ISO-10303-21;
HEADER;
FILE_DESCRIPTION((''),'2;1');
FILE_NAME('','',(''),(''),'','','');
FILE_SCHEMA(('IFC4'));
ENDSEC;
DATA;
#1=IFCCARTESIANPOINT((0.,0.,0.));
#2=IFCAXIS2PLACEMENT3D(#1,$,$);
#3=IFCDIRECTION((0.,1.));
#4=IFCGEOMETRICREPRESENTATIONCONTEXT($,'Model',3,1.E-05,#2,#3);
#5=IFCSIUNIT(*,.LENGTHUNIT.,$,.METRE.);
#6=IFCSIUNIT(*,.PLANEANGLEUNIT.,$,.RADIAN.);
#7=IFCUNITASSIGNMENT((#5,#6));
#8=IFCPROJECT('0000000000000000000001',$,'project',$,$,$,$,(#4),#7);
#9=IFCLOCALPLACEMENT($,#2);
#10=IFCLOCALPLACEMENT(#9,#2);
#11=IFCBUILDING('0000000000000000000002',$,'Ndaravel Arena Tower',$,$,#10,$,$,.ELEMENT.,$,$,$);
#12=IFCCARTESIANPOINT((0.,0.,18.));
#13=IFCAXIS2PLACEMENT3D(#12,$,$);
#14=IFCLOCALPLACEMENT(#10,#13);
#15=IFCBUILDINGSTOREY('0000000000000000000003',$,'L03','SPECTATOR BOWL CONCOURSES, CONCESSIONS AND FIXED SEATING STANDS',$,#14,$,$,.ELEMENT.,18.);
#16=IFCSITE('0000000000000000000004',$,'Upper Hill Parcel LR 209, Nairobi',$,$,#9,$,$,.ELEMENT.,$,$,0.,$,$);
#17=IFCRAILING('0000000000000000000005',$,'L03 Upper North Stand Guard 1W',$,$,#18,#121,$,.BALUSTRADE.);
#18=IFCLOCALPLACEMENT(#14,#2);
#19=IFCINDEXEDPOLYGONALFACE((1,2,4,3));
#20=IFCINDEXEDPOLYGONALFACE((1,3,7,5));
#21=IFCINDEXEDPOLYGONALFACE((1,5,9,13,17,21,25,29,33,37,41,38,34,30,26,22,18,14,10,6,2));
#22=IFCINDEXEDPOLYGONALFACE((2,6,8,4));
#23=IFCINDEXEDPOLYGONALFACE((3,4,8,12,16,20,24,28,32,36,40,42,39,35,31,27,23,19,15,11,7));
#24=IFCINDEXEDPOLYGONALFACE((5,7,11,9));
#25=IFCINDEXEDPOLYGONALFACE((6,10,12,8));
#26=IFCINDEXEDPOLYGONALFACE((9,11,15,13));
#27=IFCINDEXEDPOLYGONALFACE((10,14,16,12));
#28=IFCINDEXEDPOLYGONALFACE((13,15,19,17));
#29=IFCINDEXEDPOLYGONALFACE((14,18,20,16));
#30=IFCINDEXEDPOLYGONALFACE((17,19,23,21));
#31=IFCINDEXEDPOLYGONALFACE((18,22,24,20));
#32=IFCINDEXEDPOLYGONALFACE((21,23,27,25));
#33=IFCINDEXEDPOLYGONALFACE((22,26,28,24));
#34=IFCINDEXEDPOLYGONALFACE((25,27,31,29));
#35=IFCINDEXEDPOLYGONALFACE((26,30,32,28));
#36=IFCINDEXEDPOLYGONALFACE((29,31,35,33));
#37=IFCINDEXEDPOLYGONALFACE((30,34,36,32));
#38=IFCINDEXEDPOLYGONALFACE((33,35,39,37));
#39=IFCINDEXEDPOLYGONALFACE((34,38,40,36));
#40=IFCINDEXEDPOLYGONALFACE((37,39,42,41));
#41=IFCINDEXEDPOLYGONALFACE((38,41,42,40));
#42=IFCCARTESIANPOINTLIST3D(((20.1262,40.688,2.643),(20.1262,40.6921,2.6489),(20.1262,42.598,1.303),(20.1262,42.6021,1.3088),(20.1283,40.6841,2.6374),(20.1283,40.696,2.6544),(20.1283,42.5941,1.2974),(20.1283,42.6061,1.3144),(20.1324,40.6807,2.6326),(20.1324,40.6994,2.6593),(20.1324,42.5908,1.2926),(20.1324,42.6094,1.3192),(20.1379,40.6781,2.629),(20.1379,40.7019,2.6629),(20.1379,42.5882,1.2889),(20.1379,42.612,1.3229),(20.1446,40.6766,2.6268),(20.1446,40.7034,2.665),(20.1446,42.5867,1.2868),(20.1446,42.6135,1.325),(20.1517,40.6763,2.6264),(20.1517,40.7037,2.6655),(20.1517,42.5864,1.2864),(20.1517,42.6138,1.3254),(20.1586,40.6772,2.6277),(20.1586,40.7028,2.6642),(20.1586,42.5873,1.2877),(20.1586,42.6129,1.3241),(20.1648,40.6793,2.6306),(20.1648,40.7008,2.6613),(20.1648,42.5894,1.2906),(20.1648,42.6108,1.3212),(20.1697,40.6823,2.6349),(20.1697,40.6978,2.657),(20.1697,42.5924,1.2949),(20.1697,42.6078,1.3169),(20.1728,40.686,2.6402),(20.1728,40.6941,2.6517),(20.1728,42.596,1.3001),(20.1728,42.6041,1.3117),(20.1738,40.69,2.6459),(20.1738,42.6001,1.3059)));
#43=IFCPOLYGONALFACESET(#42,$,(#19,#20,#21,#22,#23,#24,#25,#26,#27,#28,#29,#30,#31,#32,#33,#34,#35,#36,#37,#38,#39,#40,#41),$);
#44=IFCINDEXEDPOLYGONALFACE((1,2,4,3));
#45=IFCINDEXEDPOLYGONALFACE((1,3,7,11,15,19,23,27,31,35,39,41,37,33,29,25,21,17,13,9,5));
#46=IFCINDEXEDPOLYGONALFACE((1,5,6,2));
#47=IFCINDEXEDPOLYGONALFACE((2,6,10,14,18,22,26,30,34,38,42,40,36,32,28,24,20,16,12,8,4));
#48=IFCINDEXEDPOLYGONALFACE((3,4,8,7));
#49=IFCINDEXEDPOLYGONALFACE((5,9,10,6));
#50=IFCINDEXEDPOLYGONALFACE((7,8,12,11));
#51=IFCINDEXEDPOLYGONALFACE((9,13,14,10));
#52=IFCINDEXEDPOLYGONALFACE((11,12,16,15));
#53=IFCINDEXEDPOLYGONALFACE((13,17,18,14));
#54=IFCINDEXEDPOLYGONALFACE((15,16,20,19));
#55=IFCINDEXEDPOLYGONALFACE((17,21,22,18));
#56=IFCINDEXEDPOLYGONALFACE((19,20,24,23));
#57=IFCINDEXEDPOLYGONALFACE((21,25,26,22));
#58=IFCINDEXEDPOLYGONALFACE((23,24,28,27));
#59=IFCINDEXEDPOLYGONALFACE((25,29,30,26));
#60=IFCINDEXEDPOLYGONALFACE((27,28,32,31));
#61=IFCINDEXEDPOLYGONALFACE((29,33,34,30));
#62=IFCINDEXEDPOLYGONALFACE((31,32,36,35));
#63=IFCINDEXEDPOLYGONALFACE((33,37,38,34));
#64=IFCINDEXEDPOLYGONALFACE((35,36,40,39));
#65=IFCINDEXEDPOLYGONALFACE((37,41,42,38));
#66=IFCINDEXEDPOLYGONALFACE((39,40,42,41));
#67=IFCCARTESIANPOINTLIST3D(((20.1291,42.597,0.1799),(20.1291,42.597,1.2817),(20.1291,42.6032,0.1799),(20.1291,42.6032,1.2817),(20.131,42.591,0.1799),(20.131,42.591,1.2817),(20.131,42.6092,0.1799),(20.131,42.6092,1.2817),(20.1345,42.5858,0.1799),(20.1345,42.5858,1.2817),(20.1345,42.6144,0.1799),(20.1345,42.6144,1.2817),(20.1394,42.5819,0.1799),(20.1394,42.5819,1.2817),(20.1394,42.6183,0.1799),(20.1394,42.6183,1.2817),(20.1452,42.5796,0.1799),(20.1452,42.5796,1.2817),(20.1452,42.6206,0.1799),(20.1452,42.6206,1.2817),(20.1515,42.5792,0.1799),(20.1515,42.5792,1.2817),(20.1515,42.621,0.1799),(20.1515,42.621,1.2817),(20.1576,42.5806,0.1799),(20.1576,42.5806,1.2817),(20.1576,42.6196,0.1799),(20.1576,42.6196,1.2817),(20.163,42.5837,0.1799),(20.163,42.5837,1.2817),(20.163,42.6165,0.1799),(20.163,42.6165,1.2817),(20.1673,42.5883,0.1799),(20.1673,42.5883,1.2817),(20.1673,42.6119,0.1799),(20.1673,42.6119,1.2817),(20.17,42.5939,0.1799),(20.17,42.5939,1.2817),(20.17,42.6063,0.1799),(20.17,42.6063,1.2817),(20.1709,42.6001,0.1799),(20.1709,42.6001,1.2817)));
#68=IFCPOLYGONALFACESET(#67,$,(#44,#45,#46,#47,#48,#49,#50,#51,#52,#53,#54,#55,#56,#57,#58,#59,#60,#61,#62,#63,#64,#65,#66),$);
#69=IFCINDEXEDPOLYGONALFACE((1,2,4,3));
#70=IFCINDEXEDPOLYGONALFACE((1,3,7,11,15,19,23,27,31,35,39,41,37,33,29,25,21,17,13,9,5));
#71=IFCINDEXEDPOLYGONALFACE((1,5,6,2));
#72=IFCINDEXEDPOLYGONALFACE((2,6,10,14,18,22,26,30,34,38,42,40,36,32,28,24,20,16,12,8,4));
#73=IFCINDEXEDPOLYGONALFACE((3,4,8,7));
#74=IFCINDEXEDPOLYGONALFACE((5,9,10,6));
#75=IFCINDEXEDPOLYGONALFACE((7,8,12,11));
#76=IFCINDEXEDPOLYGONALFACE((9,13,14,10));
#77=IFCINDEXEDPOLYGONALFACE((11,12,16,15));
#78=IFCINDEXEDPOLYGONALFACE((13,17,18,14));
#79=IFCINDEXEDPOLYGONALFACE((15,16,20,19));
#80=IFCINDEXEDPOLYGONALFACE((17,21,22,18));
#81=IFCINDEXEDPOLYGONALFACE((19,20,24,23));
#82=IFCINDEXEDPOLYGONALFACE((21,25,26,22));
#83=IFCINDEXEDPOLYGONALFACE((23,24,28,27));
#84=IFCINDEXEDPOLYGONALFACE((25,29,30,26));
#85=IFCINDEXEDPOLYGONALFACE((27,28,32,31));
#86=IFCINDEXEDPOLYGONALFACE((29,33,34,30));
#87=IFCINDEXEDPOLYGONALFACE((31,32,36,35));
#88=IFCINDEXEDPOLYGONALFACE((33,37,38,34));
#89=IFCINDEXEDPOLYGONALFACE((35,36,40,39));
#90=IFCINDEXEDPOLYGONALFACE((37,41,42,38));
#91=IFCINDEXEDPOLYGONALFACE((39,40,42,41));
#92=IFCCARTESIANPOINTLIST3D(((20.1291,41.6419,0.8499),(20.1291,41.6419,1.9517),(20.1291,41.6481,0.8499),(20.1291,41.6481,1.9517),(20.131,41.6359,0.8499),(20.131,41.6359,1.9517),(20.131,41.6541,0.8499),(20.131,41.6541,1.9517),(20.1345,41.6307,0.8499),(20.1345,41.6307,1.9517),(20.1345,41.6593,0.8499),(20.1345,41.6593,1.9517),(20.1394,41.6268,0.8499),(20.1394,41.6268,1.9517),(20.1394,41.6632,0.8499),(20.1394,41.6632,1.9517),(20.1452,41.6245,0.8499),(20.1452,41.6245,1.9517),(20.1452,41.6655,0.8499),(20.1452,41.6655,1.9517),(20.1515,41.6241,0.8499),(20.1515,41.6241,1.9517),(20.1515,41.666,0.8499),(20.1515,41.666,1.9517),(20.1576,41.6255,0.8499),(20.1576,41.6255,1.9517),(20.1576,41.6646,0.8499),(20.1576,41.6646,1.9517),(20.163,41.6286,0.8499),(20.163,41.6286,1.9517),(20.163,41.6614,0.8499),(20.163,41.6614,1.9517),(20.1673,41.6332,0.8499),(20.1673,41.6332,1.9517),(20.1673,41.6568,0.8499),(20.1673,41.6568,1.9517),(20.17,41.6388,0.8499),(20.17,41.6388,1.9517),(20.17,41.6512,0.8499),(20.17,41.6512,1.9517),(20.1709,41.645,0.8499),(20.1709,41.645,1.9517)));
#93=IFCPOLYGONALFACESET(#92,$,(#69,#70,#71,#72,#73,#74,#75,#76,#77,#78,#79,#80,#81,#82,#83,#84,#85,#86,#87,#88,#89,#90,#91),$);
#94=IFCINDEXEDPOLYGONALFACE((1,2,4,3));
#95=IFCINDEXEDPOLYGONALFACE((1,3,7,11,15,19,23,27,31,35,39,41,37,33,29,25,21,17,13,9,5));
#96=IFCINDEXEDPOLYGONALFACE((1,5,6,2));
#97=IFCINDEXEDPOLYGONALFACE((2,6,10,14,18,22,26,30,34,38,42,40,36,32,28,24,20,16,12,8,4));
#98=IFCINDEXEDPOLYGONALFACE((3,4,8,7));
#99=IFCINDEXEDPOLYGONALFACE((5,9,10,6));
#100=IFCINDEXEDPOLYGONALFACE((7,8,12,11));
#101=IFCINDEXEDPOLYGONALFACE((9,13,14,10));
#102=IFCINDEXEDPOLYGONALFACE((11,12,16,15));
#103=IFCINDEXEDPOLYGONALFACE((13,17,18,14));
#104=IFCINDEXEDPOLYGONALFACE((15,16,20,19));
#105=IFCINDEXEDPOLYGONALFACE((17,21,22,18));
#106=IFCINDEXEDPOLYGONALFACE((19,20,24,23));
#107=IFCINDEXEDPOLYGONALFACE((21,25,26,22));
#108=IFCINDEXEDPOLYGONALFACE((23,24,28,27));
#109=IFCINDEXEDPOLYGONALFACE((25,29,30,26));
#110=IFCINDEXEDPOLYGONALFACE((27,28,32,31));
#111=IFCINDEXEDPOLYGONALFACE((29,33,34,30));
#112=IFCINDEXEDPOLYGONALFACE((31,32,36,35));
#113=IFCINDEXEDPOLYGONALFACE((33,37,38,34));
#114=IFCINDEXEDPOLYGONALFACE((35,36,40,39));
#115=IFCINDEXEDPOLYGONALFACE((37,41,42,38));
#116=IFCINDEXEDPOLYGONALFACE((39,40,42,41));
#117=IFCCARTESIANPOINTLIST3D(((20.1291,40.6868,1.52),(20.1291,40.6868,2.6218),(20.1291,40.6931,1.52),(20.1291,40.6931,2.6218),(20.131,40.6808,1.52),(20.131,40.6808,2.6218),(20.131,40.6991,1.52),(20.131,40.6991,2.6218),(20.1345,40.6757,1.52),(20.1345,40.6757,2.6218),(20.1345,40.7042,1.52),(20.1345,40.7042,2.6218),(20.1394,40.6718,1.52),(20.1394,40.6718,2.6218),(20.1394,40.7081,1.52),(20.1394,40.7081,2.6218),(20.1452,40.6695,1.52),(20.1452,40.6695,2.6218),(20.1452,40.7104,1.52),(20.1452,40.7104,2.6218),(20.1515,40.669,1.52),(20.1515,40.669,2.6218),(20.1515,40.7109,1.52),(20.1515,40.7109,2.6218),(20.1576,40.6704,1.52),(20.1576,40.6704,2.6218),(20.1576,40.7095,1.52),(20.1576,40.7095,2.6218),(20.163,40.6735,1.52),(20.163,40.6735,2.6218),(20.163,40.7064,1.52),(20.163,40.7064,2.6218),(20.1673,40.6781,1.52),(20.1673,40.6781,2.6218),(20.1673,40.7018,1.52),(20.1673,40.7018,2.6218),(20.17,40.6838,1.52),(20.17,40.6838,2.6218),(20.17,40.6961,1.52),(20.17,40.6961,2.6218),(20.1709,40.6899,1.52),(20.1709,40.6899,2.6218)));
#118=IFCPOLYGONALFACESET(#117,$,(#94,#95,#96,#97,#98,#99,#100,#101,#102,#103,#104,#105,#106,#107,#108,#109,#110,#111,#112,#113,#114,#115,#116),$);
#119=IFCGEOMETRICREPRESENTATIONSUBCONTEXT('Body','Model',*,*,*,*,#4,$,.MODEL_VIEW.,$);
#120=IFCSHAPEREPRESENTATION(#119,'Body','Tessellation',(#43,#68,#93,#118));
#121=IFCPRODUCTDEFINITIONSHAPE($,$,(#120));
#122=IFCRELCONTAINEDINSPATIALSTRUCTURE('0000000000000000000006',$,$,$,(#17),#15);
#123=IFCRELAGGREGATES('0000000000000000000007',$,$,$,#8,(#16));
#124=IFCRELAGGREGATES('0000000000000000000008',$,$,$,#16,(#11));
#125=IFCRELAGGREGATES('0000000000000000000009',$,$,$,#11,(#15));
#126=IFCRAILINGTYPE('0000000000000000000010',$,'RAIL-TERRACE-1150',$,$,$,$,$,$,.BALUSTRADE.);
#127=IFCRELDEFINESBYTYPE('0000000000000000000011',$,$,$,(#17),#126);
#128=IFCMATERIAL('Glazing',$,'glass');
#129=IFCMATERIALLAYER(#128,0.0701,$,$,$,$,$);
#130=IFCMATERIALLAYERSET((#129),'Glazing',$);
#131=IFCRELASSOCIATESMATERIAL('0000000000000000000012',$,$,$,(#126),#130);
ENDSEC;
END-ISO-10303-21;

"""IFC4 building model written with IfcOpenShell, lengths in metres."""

from ifc_helpers import new_model, si_unit, direction, frame, origin, origin_2d, place, context, subcontext, project, spatial, circle, extrude, material, layer, layer_set, type_object, element, save


model = new_model("IFC4")

# Units and contexts
model_context = context("Model", 3, precision=1e-05, world=origin(), true_north=direction((0.0, 1.0)))
body_context = subcontext(model_context, "Body", "Model", "MODEL_VIEW")
ifc_project = project(units=[si_unit("LENGTHUNIT", "METRE"), si_unit("PLANEANGLEUNIT", "RADIAN")], contexts=[model_context])

# Site, building, storey
site_placement = place(None, origin())
site = spatial("IfcSite", under=ifc_project, at=site_placement, Name="Upper Hill Parcel LR 209, Nairobi", CompositionType="ELEMENT", RefElevation=0.0)
building_placement = place(site_placement, origin())
building = spatial("IfcBuilding", under=site, at=building_placement, Name="Ndaravel Arena Tower", CompositionType="ELEMENT")
storey_placement = place(building_placement, frame((0.0, 0.0, 18.0)))
storey = spatial("IfcBuildingStorey", under=building, at=storey_placement, Name="L03", Description="SPECTATOR BOWL CONCOURSES, CONCESSIONS AND FIXED SEATING STANDS", CompositionType="ELEMENT", Elevation=18.0)

# Railing
ifc_material_1 = material(Name="Glazing", Category="glass")
ifc_layer_1 = layer(ifc_material_1, 0.0701)
ifc_layer_set_1 = layer_set([ifc_layer_1], Name="Glazing")
railing_type = type_object("IfcRailingType", Name="RAIL-TERRACE-1150", PredefinedType="BALUSTRADE", material=ifc_layer_set_1)
railing_1_placement = place(storey_placement, frame((20.1499, 42.6001, 0.1799)))
element("IfcRailing", 1, at=railing_1_placement, inside=storey, type_object=railing_type, Name="L03 Upper North Stand Guard 1W", PredefinedType="BALUSTRADE", context=body_context, shape_type="SweptSolid", body=[
    extrude(circle(Radius=0.0239, at=origin_2d()), frame((0.0, 0.0, 1.126), z_axis=(0.0, -0.818632, 0.574319), x_axis=(1.0, 0.0, 0.0)), (0.0, 0.0, 1.0), 2.3333),
    extrude(circle(Radius=0.021, at=origin_2d()), origin(), (0.0, 0.0, 1.0), 1.1018),
    extrude(circle(Radius=0.021, at=origin_2d()), frame((0.0, -0.9551, 0.6699)), (0.0, 0.0, 1.0), 1.1018),
    extrude(circle(Radius=0.021, at=origin_2d()), frame((0.0, -1.9102, 1.3401)), (0.0, 0.0, 1.0), 1.1018),
])

save(model, "model.ifc")
